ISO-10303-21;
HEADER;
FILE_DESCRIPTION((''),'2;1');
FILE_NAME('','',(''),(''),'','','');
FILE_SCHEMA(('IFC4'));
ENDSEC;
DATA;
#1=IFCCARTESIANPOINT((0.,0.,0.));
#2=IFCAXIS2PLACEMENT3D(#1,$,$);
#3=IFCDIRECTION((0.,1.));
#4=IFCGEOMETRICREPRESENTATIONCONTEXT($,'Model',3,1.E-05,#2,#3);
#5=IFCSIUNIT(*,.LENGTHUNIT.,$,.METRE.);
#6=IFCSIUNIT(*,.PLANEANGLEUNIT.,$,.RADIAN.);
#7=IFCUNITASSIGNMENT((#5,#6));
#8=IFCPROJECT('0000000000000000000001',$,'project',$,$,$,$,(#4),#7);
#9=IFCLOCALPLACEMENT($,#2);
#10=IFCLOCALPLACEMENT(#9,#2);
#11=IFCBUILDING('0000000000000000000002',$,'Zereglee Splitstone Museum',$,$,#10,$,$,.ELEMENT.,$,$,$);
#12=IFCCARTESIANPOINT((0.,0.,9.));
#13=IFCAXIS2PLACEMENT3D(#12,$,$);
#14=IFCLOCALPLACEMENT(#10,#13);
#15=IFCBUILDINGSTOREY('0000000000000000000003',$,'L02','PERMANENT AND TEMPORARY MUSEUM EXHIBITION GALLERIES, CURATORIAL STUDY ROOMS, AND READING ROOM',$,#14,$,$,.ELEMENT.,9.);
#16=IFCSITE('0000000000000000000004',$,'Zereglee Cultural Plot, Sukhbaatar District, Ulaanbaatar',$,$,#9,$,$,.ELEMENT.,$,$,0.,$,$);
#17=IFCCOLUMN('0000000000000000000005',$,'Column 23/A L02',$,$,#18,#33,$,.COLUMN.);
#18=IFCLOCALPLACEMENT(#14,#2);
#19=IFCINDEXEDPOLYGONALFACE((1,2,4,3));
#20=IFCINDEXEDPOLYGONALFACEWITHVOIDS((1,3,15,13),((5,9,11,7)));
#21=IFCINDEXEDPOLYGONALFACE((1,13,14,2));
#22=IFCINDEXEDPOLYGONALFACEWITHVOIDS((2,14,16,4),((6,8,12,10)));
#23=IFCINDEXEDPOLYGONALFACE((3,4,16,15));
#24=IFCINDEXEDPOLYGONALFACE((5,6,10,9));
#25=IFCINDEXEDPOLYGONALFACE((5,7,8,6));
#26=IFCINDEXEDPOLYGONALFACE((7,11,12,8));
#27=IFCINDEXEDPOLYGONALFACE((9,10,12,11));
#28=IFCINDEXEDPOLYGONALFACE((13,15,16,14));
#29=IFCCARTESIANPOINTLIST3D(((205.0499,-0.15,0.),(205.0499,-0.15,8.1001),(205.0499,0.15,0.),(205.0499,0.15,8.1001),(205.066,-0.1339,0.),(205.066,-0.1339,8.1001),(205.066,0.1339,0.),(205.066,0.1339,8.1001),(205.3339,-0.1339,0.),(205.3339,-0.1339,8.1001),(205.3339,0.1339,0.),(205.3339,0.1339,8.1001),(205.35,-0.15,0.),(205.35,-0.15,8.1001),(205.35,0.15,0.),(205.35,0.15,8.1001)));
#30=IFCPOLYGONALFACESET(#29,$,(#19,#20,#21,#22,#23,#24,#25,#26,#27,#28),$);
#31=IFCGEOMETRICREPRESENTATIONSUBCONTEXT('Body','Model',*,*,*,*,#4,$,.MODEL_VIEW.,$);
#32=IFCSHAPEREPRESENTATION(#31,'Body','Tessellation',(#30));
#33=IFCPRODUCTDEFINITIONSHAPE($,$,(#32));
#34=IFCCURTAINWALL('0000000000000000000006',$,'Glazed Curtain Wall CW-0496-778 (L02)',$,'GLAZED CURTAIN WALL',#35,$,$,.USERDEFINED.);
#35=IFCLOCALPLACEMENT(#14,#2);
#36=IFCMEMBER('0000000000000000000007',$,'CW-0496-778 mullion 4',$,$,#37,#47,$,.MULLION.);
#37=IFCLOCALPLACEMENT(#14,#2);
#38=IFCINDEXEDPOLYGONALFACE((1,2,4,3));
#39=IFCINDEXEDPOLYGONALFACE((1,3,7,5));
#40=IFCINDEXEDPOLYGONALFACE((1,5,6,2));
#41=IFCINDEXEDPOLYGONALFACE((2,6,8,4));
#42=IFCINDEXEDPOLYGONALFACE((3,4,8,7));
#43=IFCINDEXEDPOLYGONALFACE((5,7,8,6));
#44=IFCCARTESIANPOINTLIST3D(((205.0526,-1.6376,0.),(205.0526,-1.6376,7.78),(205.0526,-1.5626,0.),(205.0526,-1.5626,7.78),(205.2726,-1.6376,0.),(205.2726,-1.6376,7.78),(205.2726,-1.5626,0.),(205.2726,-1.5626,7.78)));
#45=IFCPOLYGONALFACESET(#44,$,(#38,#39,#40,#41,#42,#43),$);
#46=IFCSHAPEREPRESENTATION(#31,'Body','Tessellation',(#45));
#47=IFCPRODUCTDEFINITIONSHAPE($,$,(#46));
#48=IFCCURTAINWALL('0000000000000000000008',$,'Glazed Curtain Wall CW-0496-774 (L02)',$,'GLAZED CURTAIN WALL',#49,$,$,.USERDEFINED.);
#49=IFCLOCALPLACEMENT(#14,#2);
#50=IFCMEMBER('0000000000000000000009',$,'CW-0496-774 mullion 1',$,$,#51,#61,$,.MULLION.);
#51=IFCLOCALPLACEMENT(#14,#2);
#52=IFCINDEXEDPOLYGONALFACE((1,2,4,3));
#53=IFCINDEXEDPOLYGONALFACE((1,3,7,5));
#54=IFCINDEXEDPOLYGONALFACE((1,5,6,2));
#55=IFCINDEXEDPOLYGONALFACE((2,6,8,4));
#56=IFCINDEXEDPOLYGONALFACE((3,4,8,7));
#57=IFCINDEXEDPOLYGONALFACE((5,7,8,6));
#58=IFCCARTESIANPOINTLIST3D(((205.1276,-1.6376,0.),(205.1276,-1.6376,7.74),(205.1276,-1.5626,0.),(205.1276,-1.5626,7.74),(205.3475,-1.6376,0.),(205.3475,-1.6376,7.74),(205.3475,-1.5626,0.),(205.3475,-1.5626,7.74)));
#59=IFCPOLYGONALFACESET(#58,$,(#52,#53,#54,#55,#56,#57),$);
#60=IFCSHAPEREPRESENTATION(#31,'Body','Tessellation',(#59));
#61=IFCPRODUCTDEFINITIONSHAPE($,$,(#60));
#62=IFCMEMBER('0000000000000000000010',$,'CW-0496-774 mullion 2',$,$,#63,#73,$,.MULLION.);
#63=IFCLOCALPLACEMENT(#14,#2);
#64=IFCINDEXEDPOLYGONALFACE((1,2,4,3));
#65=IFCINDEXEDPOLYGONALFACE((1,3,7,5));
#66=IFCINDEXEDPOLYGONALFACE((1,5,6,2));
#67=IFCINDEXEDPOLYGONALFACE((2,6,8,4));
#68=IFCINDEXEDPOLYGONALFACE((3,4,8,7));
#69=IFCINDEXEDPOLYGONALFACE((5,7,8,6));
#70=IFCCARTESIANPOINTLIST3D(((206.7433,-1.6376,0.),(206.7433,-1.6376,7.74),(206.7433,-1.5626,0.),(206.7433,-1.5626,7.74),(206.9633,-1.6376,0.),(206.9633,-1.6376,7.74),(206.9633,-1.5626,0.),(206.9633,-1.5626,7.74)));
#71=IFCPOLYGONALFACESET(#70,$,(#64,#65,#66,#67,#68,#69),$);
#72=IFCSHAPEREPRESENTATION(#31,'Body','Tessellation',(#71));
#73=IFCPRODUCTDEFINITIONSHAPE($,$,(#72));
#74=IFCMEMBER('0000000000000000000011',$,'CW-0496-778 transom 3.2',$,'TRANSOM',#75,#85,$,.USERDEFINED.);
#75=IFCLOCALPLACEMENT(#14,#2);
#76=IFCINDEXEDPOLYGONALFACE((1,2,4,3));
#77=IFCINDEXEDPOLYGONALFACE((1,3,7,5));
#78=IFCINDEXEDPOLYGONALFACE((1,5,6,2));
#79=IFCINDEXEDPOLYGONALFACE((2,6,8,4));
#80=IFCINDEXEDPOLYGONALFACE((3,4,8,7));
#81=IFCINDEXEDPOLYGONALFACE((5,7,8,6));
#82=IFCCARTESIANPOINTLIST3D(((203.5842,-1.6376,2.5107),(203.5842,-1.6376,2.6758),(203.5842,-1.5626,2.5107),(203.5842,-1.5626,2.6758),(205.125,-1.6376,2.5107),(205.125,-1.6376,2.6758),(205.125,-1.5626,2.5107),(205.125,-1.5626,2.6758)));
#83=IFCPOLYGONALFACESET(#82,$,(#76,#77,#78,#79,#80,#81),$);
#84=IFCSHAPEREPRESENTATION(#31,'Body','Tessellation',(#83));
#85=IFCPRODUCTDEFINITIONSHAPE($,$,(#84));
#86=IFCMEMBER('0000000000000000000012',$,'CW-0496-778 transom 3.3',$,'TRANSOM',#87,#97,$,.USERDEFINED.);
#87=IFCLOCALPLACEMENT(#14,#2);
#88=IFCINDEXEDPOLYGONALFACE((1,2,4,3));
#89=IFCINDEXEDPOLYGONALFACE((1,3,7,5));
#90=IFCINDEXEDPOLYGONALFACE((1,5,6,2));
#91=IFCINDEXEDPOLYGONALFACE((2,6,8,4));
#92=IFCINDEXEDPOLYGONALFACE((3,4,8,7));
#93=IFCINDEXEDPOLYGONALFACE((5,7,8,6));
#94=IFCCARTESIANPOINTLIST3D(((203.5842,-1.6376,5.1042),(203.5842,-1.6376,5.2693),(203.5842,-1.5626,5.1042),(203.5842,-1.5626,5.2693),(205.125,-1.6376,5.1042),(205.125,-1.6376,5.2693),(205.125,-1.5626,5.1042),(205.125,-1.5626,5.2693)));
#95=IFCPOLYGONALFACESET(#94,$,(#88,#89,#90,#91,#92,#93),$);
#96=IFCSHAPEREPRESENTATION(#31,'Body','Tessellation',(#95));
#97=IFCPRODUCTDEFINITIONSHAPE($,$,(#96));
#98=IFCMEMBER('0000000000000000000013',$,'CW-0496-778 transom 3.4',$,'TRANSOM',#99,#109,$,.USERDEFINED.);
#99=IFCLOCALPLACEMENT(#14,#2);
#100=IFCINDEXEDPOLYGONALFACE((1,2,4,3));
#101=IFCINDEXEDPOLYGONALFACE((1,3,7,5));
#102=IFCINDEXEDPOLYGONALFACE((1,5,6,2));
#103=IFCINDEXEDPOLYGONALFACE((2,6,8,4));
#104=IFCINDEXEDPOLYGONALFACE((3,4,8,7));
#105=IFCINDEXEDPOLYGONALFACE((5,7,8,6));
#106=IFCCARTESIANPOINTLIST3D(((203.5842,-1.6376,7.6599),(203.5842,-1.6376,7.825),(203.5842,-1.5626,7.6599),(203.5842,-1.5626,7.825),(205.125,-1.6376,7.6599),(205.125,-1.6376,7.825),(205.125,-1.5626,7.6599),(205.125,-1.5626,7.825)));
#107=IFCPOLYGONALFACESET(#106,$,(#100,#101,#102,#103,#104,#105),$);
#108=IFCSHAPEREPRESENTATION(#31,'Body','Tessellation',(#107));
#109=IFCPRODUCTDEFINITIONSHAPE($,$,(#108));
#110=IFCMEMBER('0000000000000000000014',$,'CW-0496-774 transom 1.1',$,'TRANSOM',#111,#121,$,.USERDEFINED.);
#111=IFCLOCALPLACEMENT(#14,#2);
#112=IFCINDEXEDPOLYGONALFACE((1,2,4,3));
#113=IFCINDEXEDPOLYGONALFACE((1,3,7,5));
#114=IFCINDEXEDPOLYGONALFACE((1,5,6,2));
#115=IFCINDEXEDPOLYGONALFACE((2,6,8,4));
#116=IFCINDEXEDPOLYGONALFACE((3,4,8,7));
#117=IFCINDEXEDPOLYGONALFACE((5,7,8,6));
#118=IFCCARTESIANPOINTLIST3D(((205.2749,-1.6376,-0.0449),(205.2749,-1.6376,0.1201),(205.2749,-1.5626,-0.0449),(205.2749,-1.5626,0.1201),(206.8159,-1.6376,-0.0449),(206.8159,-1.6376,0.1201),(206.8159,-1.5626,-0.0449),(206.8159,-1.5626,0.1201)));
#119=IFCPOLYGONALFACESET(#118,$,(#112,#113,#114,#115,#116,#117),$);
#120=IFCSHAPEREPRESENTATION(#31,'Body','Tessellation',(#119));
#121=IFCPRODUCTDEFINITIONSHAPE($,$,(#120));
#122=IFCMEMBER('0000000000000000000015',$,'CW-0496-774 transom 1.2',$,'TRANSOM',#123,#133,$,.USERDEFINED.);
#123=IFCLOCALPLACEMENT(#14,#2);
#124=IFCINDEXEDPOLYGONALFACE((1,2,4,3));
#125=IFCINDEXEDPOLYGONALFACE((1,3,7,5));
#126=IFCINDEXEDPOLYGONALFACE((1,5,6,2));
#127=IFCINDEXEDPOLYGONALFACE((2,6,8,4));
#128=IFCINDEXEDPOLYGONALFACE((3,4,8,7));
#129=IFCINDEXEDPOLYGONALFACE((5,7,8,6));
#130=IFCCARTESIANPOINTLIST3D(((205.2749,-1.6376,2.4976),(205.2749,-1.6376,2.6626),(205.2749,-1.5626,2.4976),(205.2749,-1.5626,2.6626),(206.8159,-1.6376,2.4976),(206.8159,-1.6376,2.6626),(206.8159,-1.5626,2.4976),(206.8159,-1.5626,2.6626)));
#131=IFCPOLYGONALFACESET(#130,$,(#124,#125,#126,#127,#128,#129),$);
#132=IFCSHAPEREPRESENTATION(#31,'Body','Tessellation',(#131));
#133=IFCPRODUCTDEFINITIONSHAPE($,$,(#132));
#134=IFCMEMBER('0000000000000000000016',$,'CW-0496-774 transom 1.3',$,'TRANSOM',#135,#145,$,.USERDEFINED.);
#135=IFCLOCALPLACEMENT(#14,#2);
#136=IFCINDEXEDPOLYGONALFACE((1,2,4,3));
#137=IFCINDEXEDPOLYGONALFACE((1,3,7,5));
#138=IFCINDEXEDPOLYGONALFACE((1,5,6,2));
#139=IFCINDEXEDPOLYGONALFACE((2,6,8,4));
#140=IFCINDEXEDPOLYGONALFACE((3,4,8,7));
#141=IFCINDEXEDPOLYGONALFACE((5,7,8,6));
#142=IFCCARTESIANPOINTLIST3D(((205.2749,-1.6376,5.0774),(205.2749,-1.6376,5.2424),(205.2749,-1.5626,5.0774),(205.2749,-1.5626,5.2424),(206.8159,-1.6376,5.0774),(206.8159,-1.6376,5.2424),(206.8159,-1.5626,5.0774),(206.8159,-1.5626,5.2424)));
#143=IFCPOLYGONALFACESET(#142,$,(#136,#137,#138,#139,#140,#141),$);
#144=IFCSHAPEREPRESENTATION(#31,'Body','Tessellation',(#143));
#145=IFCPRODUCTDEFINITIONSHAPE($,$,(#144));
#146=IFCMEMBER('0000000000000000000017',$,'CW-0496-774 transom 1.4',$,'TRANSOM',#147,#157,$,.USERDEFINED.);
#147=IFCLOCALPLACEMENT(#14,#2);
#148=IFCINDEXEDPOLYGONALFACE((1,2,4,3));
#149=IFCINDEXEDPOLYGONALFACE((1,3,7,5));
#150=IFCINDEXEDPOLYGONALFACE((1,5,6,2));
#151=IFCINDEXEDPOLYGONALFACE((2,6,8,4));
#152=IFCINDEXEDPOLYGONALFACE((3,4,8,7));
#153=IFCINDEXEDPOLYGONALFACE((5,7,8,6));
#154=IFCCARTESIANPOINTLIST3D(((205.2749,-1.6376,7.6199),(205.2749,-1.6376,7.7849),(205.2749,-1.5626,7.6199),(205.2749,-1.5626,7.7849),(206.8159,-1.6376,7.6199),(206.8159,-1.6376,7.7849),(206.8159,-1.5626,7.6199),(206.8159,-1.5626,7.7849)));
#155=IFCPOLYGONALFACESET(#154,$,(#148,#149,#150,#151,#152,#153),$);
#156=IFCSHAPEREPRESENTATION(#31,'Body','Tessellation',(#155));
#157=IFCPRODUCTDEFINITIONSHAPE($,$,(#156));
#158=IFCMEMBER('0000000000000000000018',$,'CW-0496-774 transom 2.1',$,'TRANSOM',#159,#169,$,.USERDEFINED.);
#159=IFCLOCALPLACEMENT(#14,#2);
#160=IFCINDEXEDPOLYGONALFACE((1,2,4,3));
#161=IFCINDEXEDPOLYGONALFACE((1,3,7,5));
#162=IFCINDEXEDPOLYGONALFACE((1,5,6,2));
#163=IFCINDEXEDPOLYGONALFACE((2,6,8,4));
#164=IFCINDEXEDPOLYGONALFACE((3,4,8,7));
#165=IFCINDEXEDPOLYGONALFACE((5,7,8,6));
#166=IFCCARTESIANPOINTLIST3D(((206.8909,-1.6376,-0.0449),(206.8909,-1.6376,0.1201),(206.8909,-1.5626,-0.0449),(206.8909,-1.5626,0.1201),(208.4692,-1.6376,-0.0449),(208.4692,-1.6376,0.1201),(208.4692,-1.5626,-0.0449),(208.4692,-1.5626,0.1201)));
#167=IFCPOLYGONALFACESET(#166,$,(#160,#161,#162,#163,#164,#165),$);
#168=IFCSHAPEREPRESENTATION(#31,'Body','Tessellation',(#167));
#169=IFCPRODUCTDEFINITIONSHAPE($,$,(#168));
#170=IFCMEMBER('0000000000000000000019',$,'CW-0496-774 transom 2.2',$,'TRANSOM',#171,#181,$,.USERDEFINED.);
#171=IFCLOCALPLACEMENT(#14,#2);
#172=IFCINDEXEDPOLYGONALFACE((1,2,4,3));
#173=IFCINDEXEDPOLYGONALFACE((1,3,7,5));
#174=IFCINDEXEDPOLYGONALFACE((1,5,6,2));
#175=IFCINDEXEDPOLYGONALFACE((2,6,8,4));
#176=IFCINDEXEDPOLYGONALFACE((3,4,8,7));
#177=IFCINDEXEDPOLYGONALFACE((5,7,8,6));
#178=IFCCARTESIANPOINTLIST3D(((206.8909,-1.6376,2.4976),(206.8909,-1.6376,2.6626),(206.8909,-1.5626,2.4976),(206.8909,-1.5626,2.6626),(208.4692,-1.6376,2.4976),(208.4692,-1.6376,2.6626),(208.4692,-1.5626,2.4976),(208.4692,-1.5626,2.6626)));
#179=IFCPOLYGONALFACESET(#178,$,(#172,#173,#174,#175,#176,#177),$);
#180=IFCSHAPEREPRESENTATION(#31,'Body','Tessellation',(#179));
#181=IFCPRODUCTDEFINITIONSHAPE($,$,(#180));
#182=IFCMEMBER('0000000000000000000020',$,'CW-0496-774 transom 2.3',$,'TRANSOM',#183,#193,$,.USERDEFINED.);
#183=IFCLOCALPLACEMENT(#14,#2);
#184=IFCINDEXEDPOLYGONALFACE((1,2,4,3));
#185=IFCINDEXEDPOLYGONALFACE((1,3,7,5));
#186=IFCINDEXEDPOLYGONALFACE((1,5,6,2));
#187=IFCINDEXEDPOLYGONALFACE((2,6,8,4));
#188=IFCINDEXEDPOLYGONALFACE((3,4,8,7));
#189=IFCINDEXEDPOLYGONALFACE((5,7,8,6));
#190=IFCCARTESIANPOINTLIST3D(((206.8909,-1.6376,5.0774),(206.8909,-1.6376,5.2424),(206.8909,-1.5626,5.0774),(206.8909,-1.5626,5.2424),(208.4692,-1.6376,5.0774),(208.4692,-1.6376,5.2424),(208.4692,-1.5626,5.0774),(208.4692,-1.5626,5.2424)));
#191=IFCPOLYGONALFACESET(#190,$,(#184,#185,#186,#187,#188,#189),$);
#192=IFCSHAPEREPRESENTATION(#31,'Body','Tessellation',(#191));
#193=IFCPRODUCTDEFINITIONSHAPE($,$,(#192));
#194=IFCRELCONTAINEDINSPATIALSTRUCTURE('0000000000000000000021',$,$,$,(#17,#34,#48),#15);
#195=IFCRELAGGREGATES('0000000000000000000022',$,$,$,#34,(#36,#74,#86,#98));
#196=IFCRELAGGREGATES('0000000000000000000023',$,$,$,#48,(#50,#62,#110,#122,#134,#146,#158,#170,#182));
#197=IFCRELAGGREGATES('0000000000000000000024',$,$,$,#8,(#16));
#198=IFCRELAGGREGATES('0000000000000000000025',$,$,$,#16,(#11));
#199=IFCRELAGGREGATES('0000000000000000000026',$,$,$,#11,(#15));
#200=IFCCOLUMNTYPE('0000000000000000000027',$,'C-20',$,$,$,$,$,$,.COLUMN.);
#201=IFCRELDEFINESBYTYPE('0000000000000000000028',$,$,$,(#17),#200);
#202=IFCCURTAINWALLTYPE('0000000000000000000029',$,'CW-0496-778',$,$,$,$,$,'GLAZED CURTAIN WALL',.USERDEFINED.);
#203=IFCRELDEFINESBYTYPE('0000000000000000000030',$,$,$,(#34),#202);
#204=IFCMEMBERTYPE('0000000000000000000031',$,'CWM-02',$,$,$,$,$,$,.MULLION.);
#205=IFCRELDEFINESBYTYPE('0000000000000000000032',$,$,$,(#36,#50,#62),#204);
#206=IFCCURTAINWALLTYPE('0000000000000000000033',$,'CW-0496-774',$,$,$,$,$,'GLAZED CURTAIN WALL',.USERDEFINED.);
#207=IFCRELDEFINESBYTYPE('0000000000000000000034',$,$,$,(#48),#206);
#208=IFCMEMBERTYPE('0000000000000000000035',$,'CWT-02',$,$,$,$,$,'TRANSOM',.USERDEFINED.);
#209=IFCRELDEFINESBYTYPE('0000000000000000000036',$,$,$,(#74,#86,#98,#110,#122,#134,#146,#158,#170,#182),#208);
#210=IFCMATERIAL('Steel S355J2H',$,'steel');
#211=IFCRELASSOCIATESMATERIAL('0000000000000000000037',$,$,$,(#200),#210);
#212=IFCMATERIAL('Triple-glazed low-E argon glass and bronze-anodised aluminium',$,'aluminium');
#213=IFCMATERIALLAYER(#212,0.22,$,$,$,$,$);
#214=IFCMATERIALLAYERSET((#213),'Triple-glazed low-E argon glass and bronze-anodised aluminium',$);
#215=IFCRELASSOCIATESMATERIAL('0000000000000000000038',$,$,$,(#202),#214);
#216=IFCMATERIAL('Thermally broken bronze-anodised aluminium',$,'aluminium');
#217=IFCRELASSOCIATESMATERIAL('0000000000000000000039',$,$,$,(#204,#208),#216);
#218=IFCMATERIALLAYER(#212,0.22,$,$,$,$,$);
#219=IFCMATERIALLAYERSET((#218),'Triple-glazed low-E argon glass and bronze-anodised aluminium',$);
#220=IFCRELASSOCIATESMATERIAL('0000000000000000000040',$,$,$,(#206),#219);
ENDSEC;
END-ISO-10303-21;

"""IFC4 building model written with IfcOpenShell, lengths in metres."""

from ifc_helpers import new_model, si_unit, direction, frame, origin, origin_2d, place, context, subcontext, project, spatial, rectangle, hollow_rectangle, extrude, material, layer, layer_set, material_profile, profile_set, type_object, element, aggregate, save


model = new_model("IFC4")

# Units and contexts
model_context = context("Model", 3, precision=1e-05, world=origin(), true_north=direction((0.0, 1.0)))
body_context = subcontext(model_context, "Body", "Model", "MODEL_VIEW")
ifc_project = project(units=[si_unit("LENGTHUNIT", "METRE"), si_unit("PLANEANGLEUNIT", "RADIAN")], contexts=[model_context])

# Site, building, storey
site_placement = place(None, origin())
site = spatial("IfcSite", under=ifc_project, at=site_placement, Name="Zereglee Cultural Plot, Sukhbaatar District, Ulaanbaatar", CompositionType="ELEMENT", RefElevation=0.0)
building_placement = place(site_placement, origin())
building = spatial("IfcBuilding", under=site, at=building_placement, Name="Zereglee Splitstone Museum", CompositionType="ELEMENT")
storey_placement = place(building_placement, frame((0.0, 0.0, 9.0)))
storey = spatial("IfcBuildingStorey", under=building, at=storey_placement, Name="L02", Description="PERMANENT AND TEMPORARY MUSEUM EXHIBITION GALLERIES, CURATORIAL STUDY ROOMS, AND READING ROOM", CompositionType="ELEMENT", Elevation=9.0)

# Column
ifc_material_1 = material(Name="Steel S355J2H", Category="steel")
ifc_material_profile_1 = material_profile(ifc_material_1, hollow_rectangle(XDim=0.3, YDim=0.3, WallThickness=0.0161, at=origin_2d()), Name="SHS 300x300x16")
ifc_profile_set_1 = profile_set([ifc_material_profile_1], Name="Steel S355J2H")
column_type = type_object("IfcColumnType", Name="C-20", PredefinedType="COLUMN", material=ifc_profile_set_1)
column_placement = place(storey_placement, frame((205.2, 0.0, 0.0), z_axis=(0.0, 0.0, 1.0), x_axis=(1.0, 0.0, 0.0)))
element("IfcColumn", 1, at=column_placement, inside=storey, type_object=column_type, Name="Column 23/A L02", PredefinedType="COLUMN", context=body_context, shape_type="SweptSolid", body=[
    extrude(hollow_rectangle(XDim=0.3, YDim=0.3, WallThickness=0.0161, at=origin_2d()), origin(), (0.0, 0.0, 1.0), 8.1001),
])

# Curtain wall, member
ifc_material_2 = material(Name="Triple-glazed low-E argon glass and bronze-anodised aluminium", Category="aluminium")
ifc_layer_1 = layer(ifc_material_2, 0.22)
ifc_layer_set_1 = layer_set([ifc_layer_1], Name="Triple-glazed low-E argon glass and bronze-anodised aluminium")
curtain_wall_type_1 = type_object("IfcCurtainWallType", Name="CW-0496-778", ElementType="GLAZED CURTAIN WALL", PredefinedType="USERDEFINED", material=ifc_layer_set_1)
curtain_wall_1_placement = place(storey_placement, origin())
curtain_wall_1 = element("IfcCurtainWall", 2, at=curtain_wall_1_placement, inside=storey, type_object=curtain_wall_type_1, Name="Glazed Curtain Wall CW-0496-778 (L02)", ObjectType="GLAZED CURTAIN WALL", PredefinedType="USERDEFINED")
ifc_material_3 = material(Name="Thermally broken bronze-anodised aluminium", Category="aluminium")
ifc_material_profile_2 = material_profile(ifc_material_3, rectangle(XDim=0.075, YDim=0.22, at=origin_2d()), Name="CW MULL 75x220")
ifc_profile_set_2 = profile_set([ifc_material_profile_2], Name="Thermally broken bronze-anodised aluminium")
member_type_1 = type_object("IfcMemberType", Name="CWM-02", PredefinedType="MULLION", material=ifc_profile_set_2)
member_1_placement = place(storey_placement, frame((205.1626, -1.6001, 0.0), z_axis=(0.0, 0.0, 1.0), x_axis=(0.0, 1.0, 0.0)))
member_1 = element("IfcMember", 3, at=member_1_placement, type_object=member_type_1, Name="CW-0496-778 mullion 4", PredefinedType="MULLION", context=body_context, shape_type="SweptSolid", body=[
    extrude(rectangle(XDim=0.075, YDim=0.22, at=origin_2d()), origin(), (0.0, 0.0, 1.0), 7.78),
])

# Curtain wall, members
ifc_layer_2 = layer(ifc_material_2, 0.22)
ifc_layer_set_2 = layer_set([ifc_layer_2], Name="Triple-glazed low-E argon glass and bronze-anodised aluminium")
curtain_wall_type_2 = type_object("IfcCurtainWallType", Name="CW-0496-774", ElementType="GLAZED CURTAIN WALL", PredefinedType="USERDEFINED", material=ifc_layer_set_2)
curtain_wall_2_placement = place(storey_placement, origin())
curtain_wall_2 = element("IfcCurtainWall", 4, at=curtain_wall_2_placement, inside=storey, type_object=curtain_wall_type_2, Name="Glazed Curtain Wall CW-0496-774 (L02)", ObjectType="GLAZED CURTAIN WALL", PredefinedType="USERDEFINED")
member_2_placement = place(storey_placement, frame((205.2375, -1.6001, 0.0), z_axis=(0.0, 0.0, 1.0), x_axis=(0.0, 1.0, 0.0)))
member_2 = element("IfcMember", 5, at=member_2_placement, type_object=member_type_1, Name="CW-0496-774 mullion 1", PredefinedType="MULLION", context=body_context, shape_type="SweptSolid", body=[
    extrude(rectangle(XDim=0.075, YDim=0.22, at=origin_2d()), origin(), (0.0, 0.0, 1.0), 7.74),
])
member_3_placement = place(storey_placement, frame((206.8533, -1.6001, 0.0), z_axis=(0.0, 0.0, 1.0), x_axis=(0.0, 1.0, 0.0)))
member_3 = element("IfcMember", 6, at=member_3_placement, type_object=member_type_1, Name="CW-0496-774 mullion 2", PredefinedType="MULLION", context=body_context, shape_type="SweptSolid", body=[
    extrude(rectangle(XDim=0.075, YDim=0.22, at=origin_2d()), origin(), (0.0, 0.0, 1.0), 7.74),
])

# Members
ifc_material_profile_3 = material_profile(ifc_material_3, rectangle(XDim=0.075, YDim=0.165, at=origin_2d()), Name="CW TRAN 75x165")
ifc_profile_set_3 = profile_set([ifc_material_profile_3], Name="Thermally broken bronze-anodised aluminium")
member_type_2 = type_object("IfcMemberType", Name="CWT-02", ElementType="TRANSOM", PredefinedType="USERDEFINED", material=ifc_profile_set_3)
member_4_placement = place(storey_placement, frame((203.5842, -1.6001, 2.5933), z_axis=(1.0, 0.0, 0.0), x_axis=(0.0, 1.0, 0.0)))
member_4 = element("IfcMember", 7, at=member_4_placement, type_object=member_type_2, Name="CW-0496-778 transom 3.2", ObjectType="TRANSOM", PredefinedType="USERDEFINED", context=body_context, shape_type="SweptSolid", body=[
    extrude(rectangle(XDim=0.075, YDim=0.165, at=origin_2d()), origin(), (0.0, 0.0, 1.0), 1.5408),
])
member_5_placement = place(storey_placement, frame((203.5842, -1.6001, 5.1868), z_axis=(1.0, 0.0, 0.0), x_axis=(0.0, 1.0, 0.0)))
member_5 = element("IfcMember", 8, at=member_5_placement, type_object=member_type_2, Name="CW-0496-778 transom 3.3", ObjectType="TRANSOM", PredefinedType="USERDEFINED", context=body_context, shape_type="SweptSolid", body=[
    extrude(rectangle(XDim=0.075, YDim=0.165, at=origin_2d()), origin(), (0.0, 0.0, 1.0), 1.5408),
])
member_6_placement = place(storey_placement, frame((203.5842, -1.6001, 7.7424), z_axis=(1.0, 0.0, 0.0), x_axis=(0.0, 1.0, 0.0)))
member_6 = element("IfcMember", 9, at=member_6_placement, type_object=member_type_2, Name="CW-0496-778 transom 3.4", ObjectType="TRANSOM", PredefinedType="USERDEFINED", context=body_context, shape_type="SweptSolid", body=[
    extrude(rectangle(XDim=0.075, YDim=0.165, at=origin_2d()), origin(), (0.0, 0.0, 1.0), 1.5408),
])
member_7_placement = place(storey_placement, frame((205.2749, -1.6001, 0.0376), z_axis=(1.0, 0.0, 0.0), x_axis=(0.0, 1.0, 0.0)))
member_7 = element("IfcMember", 10, at=member_7_placement, type_object=member_type_2, Name="CW-0496-774 transom 1.1", ObjectType="TRANSOM", PredefinedType="USERDEFINED", context=body_context, shape_type="SweptSolid", body=[
    extrude(rectangle(XDim=0.075, YDim=0.165, at=origin_2d()), origin(), (0.0, 0.0, 1.0), 1.541),
])
member_8_placement = place(storey_placement, frame((205.2749, -1.6001, 2.5801), z_axis=(1.0, 0.0, 0.0), x_axis=(0.0, 1.0, 0.0)))
member_8 = element("IfcMember", 11, at=member_8_placement, type_object=member_type_2, Name="CW-0496-774 transom 1.2", ObjectType="TRANSOM", PredefinedType="USERDEFINED", context=body_context, shape_type="SweptSolid", body=[
    extrude(rectangle(XDim=0.075, YDim=0.165, at=origin_2d()), origin(), (0.0, 0.0, 1.0), 1.541),
])
member_9_placement = place(storey_placement, frame((205.2749, -1.6001, 5.1599), z_axis=(1.0, 0.0, 0.0), x_axis=(0.0, 1.0, 0.0)))
member_9 = element("IfcMember", 12, at=member_9_placement, type_object=member_type_2, Name="CW-0496-774 transom 1.3", ObjectType="TRANSOM", PredefinedType="USERDEFINED", context=body_context, shape_type="SweptSolid", body=[
    extrude(rectangle(XDim=0.075, YDim=0.165, at=origin_2d()), origin(), (0.0, 0.0, 1.0), 1.541),
])
member_10_placement = place(storey_placement, frame((205.2749, -1.6001, 7.7024), z_axis=(1.0, 0.0, 0.0), x_axis=(0.0, 1.0, 0.0)))
member_10 = element("IfcMember", 13, at=member_10_placement, type_object=member_type_2, Name="CW-0496-774 transom 1.4", ObjectType="TRANSOM", PredefinedType="USERDEFINED", context=body_context, shape_type="SweptSolid", body=[
    extrude(rectangle(XDim=0.075, YDim=0.165, at=origin_2d()), origin(), (0.0, 0.0, 1.0), 1.541),
])
member_11_placement = place(storey_placement, frame((206.8909, -1.6001, 0.0376), z_axis=(1.0, 0.0, 0.0), x_axis=(0.0, 1.0, 0.0)))
member_11 = element("IfcMember", 14, at=member_11_placement, type_object=member_type_2, Name="CW-0496-774 transom 2.1", ObjectType="TRANSOM", PredefinedType="USERDEFINED", context=body_context, shape_type="SweptSolid", body=[
    extrude(rectangle(XDim=0.075, YDim=0.165, at=origin_2d()), origin(), (0.0, 0.0, 1.0), 1.5784),
])
member_12_placement = place(storey_placement, frame((206.8909, -1.6001, 2.5801), z_axis=(1.0, 0.0, 0.0), x_axis=(0.0, 1.0, 0.0)))
member_12 = element("IfcMember", 15, at=member_12_placement, type_object=member_type_2, Name="CW-0496-774 transom 2.2", ObjectType="TRANSOM", PredefinedType="USERDEFINED", context=body_context, shape_type="SweptSolid", body=[
    extrude(rectangle(XDim=0.075, YDim=0.165, at=origin_2d()), origin(), (0.0, 0.0, 1.0), 1.5784),
])
member_13_placement = place(storey_placement, frame((206.8909, -1.6001, 5.1599), z_axis=(1.0, 0.0, 0.0), x_axis=(0.0, 1.0, 0.0)))
member_13 = element("IfcMember", 16, at=member_13_placement, type_object=member_type_2, Name="CW-0496-774 transom 2.3", ObjectType="TRANSOM", PredefinedType="USERDEFINED", context=body_context, shape_type="SweptSolid", body=[
    extrude(rectangle(XDim=0.075, YDim=0.165, at=origin_2d()), origin(), (0.0, 0.0, 1.0), 1.5784),
])

aggregate(curtain_wall_1, [member_1, member_4, member_5, member_6])
aggregate(curtain_wall_2, [member_2, member_3, member_7, member_8, member_9, member_10, member_11, member_12, member_13])

save(model, "model.ifc")
